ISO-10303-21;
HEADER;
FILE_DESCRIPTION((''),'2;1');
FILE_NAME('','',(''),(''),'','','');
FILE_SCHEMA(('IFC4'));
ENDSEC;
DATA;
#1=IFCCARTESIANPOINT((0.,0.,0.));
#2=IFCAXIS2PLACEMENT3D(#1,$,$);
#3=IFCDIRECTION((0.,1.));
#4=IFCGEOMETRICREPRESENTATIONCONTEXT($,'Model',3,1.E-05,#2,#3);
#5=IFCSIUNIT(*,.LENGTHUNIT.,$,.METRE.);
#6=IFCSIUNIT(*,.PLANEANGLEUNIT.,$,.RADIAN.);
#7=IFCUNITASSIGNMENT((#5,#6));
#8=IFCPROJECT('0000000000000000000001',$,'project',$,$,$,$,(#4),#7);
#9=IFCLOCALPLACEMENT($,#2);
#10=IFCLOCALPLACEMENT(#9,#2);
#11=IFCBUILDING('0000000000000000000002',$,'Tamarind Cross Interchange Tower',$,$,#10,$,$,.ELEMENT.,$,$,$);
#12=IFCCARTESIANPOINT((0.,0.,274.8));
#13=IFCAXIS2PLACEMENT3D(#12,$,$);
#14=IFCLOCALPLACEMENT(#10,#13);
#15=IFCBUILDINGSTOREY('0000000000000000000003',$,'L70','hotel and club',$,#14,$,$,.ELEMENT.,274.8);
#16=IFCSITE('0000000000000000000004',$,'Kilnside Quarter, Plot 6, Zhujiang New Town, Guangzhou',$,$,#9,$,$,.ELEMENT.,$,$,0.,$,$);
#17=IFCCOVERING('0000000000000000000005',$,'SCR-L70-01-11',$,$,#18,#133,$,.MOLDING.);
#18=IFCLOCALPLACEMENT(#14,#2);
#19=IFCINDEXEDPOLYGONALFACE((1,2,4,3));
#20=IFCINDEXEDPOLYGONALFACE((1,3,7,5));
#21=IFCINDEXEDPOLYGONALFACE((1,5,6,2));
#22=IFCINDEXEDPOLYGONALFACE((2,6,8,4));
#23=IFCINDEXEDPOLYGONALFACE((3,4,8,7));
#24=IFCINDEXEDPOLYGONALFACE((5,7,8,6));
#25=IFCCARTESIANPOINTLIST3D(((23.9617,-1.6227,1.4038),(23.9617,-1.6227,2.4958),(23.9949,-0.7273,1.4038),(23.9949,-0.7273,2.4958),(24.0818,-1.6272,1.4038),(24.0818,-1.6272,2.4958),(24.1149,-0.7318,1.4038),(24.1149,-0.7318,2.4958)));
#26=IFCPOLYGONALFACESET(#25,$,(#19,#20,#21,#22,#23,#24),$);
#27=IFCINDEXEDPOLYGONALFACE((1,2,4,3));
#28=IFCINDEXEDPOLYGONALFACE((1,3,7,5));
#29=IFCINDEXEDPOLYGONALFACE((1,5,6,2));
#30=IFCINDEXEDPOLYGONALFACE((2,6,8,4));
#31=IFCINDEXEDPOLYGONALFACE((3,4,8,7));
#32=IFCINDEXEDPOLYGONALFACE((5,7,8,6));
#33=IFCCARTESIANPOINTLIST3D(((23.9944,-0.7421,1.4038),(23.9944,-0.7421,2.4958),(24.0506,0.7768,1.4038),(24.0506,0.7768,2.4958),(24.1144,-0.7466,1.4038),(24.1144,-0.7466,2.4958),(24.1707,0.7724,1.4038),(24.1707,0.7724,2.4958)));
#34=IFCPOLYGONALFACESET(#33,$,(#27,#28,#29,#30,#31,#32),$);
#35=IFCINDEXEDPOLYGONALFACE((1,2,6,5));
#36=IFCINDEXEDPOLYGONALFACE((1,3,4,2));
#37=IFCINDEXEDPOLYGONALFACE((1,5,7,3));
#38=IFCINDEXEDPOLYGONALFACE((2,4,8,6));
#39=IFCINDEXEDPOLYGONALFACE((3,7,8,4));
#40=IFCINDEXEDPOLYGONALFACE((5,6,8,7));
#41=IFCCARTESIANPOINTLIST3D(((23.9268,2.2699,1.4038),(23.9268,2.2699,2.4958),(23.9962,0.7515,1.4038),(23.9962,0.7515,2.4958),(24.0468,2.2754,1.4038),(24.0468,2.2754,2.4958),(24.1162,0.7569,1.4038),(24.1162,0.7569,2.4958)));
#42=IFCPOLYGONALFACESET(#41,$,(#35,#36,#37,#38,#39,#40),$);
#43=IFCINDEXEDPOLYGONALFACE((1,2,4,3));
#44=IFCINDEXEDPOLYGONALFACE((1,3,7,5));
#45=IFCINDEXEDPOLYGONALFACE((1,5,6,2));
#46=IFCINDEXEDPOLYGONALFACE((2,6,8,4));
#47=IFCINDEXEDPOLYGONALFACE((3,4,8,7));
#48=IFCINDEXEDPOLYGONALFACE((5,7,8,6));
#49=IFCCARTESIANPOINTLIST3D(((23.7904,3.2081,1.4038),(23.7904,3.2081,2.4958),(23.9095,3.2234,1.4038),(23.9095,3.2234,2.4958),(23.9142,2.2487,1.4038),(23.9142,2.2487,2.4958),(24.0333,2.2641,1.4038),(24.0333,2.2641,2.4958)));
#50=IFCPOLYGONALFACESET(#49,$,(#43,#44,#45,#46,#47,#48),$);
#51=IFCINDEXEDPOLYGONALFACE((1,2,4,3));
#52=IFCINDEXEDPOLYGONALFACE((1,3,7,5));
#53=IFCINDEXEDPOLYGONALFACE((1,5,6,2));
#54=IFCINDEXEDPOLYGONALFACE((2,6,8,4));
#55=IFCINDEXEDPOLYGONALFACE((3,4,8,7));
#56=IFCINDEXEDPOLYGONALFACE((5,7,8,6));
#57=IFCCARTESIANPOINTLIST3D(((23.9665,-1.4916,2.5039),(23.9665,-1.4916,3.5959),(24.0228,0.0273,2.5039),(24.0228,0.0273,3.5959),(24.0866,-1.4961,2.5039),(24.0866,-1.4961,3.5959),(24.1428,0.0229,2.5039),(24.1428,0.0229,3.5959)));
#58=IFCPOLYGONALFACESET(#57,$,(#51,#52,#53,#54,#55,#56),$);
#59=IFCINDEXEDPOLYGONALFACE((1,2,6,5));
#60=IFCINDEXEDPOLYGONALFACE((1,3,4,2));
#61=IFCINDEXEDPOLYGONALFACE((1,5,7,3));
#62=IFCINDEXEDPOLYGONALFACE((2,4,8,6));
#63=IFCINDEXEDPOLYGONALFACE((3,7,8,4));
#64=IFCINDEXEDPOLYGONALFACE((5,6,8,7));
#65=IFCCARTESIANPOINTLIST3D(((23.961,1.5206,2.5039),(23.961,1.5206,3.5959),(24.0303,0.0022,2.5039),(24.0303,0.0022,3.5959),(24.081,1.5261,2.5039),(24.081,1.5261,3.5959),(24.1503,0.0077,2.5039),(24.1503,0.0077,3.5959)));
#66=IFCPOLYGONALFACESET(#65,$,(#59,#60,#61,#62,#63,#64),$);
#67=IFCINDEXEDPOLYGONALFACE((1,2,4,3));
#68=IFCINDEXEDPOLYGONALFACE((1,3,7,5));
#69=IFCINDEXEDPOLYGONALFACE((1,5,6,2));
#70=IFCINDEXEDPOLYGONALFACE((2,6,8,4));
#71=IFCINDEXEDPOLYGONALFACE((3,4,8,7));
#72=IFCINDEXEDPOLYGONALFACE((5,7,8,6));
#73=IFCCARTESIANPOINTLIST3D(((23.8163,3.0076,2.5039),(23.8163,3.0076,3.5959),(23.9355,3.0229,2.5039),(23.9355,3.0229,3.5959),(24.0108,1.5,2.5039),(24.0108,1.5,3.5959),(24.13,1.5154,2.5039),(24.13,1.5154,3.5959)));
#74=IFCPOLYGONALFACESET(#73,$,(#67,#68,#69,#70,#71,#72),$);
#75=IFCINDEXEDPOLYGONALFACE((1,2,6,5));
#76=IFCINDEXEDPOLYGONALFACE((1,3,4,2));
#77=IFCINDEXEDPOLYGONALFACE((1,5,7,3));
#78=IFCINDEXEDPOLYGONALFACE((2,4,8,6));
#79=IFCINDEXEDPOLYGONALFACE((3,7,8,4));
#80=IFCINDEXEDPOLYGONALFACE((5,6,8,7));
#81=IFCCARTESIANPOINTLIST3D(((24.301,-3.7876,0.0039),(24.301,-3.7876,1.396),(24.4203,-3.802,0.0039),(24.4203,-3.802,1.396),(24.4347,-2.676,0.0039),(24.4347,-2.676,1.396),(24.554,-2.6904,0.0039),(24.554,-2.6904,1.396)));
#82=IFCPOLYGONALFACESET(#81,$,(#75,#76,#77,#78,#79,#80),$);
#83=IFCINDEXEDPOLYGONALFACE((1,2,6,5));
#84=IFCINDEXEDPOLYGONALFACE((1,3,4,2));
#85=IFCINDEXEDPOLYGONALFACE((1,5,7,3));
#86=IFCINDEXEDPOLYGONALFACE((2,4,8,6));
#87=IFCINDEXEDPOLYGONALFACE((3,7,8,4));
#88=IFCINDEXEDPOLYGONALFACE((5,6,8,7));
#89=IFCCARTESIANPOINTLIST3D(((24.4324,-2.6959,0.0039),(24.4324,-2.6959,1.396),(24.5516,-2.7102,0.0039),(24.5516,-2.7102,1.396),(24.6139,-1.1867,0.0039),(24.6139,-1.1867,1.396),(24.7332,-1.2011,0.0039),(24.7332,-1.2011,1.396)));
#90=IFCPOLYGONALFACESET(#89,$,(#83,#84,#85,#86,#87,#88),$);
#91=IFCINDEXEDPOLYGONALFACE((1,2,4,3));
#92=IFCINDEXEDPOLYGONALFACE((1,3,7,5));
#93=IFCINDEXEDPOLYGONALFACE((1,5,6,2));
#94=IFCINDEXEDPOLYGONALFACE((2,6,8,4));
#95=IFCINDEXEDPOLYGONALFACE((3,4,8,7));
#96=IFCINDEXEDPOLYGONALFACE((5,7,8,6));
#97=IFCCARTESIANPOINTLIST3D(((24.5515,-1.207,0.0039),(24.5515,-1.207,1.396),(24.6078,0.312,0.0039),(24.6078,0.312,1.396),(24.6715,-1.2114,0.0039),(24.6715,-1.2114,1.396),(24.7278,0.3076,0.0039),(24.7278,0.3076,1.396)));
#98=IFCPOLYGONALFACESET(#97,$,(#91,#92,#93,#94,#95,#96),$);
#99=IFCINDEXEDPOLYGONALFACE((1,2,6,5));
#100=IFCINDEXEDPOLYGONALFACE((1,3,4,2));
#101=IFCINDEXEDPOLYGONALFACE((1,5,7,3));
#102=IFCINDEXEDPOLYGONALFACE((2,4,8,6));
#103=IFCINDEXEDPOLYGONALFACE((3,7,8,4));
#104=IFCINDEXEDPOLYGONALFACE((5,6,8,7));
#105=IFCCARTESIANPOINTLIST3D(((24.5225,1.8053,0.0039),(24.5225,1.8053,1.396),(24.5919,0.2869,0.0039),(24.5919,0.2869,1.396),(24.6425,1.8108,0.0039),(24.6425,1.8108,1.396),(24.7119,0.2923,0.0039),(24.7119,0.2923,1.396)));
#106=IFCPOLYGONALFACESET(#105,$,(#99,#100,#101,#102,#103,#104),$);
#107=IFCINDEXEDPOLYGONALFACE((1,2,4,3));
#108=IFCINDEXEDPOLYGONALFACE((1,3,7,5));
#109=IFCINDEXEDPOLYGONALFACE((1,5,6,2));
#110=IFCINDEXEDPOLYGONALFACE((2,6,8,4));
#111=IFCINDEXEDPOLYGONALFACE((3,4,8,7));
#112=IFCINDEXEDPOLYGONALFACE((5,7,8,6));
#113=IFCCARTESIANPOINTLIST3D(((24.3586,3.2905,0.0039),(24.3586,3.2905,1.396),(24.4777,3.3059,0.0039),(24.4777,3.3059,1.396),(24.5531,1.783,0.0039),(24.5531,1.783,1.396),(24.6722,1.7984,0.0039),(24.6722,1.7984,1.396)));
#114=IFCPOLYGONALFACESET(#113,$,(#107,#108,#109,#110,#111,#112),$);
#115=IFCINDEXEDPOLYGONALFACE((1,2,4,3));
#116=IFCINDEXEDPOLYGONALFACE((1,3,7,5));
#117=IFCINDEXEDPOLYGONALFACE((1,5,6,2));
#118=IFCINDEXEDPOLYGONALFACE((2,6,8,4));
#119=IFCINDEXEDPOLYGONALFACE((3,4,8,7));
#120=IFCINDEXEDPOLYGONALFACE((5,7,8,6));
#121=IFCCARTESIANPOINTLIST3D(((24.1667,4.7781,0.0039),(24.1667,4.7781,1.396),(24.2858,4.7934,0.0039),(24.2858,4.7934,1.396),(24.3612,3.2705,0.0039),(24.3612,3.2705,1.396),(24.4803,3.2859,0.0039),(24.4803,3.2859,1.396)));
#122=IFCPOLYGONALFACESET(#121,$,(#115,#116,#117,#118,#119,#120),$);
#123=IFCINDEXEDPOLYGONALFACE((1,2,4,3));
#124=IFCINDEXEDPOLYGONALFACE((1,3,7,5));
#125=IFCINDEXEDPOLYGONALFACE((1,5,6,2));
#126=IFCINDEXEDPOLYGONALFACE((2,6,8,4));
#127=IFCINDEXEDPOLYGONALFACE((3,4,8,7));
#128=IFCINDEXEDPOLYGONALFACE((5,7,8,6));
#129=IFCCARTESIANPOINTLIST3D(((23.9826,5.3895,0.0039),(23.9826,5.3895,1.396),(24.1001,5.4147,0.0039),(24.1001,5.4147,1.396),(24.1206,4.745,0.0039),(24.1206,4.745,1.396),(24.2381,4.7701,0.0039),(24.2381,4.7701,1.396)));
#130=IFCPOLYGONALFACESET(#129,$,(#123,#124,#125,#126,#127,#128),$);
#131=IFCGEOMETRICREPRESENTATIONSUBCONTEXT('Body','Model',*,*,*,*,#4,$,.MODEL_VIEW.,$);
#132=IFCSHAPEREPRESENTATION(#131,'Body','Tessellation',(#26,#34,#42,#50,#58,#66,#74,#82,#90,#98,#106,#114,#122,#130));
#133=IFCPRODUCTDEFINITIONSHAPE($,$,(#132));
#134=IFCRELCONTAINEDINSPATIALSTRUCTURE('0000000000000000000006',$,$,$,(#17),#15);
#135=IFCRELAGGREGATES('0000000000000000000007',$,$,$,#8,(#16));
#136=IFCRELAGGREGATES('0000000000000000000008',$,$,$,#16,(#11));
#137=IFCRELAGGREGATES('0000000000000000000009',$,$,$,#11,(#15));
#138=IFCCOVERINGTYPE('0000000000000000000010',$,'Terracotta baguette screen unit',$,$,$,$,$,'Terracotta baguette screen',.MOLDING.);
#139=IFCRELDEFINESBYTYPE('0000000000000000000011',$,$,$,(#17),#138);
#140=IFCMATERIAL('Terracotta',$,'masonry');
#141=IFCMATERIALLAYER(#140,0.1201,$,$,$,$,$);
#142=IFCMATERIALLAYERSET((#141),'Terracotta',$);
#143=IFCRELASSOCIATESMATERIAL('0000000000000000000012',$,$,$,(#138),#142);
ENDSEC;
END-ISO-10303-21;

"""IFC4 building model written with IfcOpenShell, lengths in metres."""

from ifc_helpers import new_model, si_unit, direction, frame, origin, origin_2d, place, context, subcontext, project, spatial, rectangle, extrude, material, layer, layer_set, type_object, element, save


model = new_model("IFC4")

# Units and contexts
model_context = context("Model", 3, precision=1e-05, world=origin(), true_north=direction((0.0, 1.0)))
body_context = subcontext(model_context, "Body", "Model", "MODEL_VIEW")
ifc_project = project(units=[si_unit("LENGTHUNIT", "METRE"), si_unit("PLANEANGLEUNIT", "RADIAN")], contexts=[model_context])

# Site, building, storey
site_placement = place(None, origin())
site = spatial("IfcSite", under=ifc_project, at=site_placement, Name="Kilnside Quarter, Plot 6, Zhujiang New Town, Guangzhou", CompositionType="ELEMENT", RefElevation=0.0)
building_placement = place(site_placement, origin())
building = spatial("IfcBuilding", under=site, at=building_placement, Name="Tamarind Cross Interchange Tower", CompositionType="ELEMENT")
storey_placement = place(building_placement, frame((0.0, 0.0, 274.8)))
storey = spatial("IfcBuildingStorey", under=building, at=storey_placement, Name="L70", Description="hotel and club", CompositionType="ELEMENT", Elevation=274.8)

# Covering
ifc_material_1 = material(Name="Terracotta", Category="masonry")
ifc_layer_1 = layer(ifc_material_1, 0.1201)
ifc_layer_set_1 = layer_set([ifc_layer_1], Name="Terracotta")
covering_type = type_object("IfcCoveringType", Name="Terracotta baguette screen unit", ElementType="Terracotta baguette screen", PredefinedType="MOLDING", material=ifc_layer_set_1)
covering_1_placement = place(storey_placement, origin())
element("IfcCovering", 1, at=covering_1_placement, inside=storey, type_object=covering_type, Name="SCR-L70-01-11", PredefinedType="MOLDING", context=body_context, shape_type="SweptSolid", body=[
    extrude(rectangle(XDim=0.896, YDim=0.1201, at=origin_2d()), frame((24.0383, -1.1772, 1.4038), z_axis=(0.0, 0.0, 1.0), x_axis=(0.037025, 0.999314, 0.0)), (0.0, 0.0, 1.0), 1.092),
    extrude(rectangle(XDim=1.52, YDim=0.1201, at=origin_2d()), frame((24.0825, 0.0151, 1.4038), z_axis=(0.0, 0.0, 1.0), x_axis=(0.037025, 0.999314, 0.0)), (0.0, 0.0, 1.0), 1.092),
    extrude(rectangle(XDim=1.52, YDim=0.1201, at=origin_2d()), frame((24.0215, 1.5134, 1.4038), z_axis=(0.0, 0.0, 1.0), x_axis=(-0.045624, 0.998959, 0.0)), (0.0, 0.0, 1.0), 1.092),
    extrude(rectangle(XDim=0.9673, YDim=0.1201, at=origin_2d()), frame((23.9119, 2.7361, 1.4038), z_axis=(0.0, 0.0, 1.0), x_axis=(-0.127962, 0.991779, 0.0)), (0.0, 0.0, 1.0), 1.092),
    extrude(rectangle(XDim=1.52, YDim=0.1201, at=origin_2d()), frame((24.0547, -0.7344, 2.5039), z_axis=(0.0, 0.0, 1.0), x_axis=(0.037025, 0.999314, 0.0)), (0.0, 0.0, 1.0), 1.092),
    extrude(rectangle(XDim=1.52, YDim=0.1201, at=origin_2d()), frame((24.0557, 0.7642, 2.5039), z_axis=(0.0, 0.0, 1.0), x_axis=(-0.045624, 0.998959, 0.0)), (0.0, 0.0, 1.0), 1.092),
    extrude(rectangle(XDim=1.52, YDim=0.1201, at=origin_2d()), frame((23.9731, 2.2615, 2.5039), z_axis=(0.0, 0.0, 1.0), x_axis=(-0.127962, 0.991779, 0.0)), (0.0, 0.0, 1.0), 1.092),
    extrude(rectangle(XDim=1.1196, YDim=0.1201, at=origin_2d()), frame((24.4275, -3.239, 0.0039), z_axis=(0.0, 0.0, 1.0), x_axis=(0.119421, 0.992844, 0.0)), (0.0, 0.0, 1.0), 1.3921),
    extrude(rectangle(XDim=1.52, YDim=0.1201, at=origin_2d()), frame((24.5828, -1.9485, 0.0039), z_axis=(0.0, 0.0, 1.0), x_axis=(0.119421, 0.992844, 0.0)), (0.0, 0.0, 1.0), 1.3921),
    extrude(rectangle(XDim=1.52, YDim=0.1201, at=origin_2d()), frame((24.6396, -0.4497, 0.0039), z_axis=(0.0, 0.0, 1.0), x_axis=(0.037025, 0.999314, 0.0)), (0.0, 0.0, 1.0), 1.3921),
    extrude(rectangle(XDim=1.52, YDim=0.1201, at=origin_2d()), frame((24.6172, 1.0488, 0.0039), z_axis=(0.0, 0.0, 1.0), x_axis=(-0.045624, 0.998959, 0.0)), (0.0, 0.0, 1.0), 1.3921),
    extrude(rectangle(XDim=1.52, YDim=0.1201, at=origin_2d()), frame((24.5154, 2.5444, 0.0039), z_axis=(0.0, 0.0, 1.0), x_axis=(-0.127962, 0.991779, 0.0)), (0.0, 0.0, 1.0), 1.3921),
    extrude(rectangle(XDim=1.52, YDim=0.1201, at=origin_2d()), frame((24.3235, 4.032, 0.0039), z_axis=(0.0, 0.0, 1.0), x_axis=(-0.127962, 0.991779, 0.0)), (0.0, 0.0, 1.0), 1.3921),
    extrude(rectangle(XDim=0.6592, YDim=0.1201, at=origin_2d()), frame((24.1104, 5.0798, 0.0039), z_axis=(0.0, 0.0, 1.0), x_axis=(-0.209425, 0.977825, 0.0)), (0.0, 0.0, 1.0), 1.3921),
])

save(model, "model.ifc")
